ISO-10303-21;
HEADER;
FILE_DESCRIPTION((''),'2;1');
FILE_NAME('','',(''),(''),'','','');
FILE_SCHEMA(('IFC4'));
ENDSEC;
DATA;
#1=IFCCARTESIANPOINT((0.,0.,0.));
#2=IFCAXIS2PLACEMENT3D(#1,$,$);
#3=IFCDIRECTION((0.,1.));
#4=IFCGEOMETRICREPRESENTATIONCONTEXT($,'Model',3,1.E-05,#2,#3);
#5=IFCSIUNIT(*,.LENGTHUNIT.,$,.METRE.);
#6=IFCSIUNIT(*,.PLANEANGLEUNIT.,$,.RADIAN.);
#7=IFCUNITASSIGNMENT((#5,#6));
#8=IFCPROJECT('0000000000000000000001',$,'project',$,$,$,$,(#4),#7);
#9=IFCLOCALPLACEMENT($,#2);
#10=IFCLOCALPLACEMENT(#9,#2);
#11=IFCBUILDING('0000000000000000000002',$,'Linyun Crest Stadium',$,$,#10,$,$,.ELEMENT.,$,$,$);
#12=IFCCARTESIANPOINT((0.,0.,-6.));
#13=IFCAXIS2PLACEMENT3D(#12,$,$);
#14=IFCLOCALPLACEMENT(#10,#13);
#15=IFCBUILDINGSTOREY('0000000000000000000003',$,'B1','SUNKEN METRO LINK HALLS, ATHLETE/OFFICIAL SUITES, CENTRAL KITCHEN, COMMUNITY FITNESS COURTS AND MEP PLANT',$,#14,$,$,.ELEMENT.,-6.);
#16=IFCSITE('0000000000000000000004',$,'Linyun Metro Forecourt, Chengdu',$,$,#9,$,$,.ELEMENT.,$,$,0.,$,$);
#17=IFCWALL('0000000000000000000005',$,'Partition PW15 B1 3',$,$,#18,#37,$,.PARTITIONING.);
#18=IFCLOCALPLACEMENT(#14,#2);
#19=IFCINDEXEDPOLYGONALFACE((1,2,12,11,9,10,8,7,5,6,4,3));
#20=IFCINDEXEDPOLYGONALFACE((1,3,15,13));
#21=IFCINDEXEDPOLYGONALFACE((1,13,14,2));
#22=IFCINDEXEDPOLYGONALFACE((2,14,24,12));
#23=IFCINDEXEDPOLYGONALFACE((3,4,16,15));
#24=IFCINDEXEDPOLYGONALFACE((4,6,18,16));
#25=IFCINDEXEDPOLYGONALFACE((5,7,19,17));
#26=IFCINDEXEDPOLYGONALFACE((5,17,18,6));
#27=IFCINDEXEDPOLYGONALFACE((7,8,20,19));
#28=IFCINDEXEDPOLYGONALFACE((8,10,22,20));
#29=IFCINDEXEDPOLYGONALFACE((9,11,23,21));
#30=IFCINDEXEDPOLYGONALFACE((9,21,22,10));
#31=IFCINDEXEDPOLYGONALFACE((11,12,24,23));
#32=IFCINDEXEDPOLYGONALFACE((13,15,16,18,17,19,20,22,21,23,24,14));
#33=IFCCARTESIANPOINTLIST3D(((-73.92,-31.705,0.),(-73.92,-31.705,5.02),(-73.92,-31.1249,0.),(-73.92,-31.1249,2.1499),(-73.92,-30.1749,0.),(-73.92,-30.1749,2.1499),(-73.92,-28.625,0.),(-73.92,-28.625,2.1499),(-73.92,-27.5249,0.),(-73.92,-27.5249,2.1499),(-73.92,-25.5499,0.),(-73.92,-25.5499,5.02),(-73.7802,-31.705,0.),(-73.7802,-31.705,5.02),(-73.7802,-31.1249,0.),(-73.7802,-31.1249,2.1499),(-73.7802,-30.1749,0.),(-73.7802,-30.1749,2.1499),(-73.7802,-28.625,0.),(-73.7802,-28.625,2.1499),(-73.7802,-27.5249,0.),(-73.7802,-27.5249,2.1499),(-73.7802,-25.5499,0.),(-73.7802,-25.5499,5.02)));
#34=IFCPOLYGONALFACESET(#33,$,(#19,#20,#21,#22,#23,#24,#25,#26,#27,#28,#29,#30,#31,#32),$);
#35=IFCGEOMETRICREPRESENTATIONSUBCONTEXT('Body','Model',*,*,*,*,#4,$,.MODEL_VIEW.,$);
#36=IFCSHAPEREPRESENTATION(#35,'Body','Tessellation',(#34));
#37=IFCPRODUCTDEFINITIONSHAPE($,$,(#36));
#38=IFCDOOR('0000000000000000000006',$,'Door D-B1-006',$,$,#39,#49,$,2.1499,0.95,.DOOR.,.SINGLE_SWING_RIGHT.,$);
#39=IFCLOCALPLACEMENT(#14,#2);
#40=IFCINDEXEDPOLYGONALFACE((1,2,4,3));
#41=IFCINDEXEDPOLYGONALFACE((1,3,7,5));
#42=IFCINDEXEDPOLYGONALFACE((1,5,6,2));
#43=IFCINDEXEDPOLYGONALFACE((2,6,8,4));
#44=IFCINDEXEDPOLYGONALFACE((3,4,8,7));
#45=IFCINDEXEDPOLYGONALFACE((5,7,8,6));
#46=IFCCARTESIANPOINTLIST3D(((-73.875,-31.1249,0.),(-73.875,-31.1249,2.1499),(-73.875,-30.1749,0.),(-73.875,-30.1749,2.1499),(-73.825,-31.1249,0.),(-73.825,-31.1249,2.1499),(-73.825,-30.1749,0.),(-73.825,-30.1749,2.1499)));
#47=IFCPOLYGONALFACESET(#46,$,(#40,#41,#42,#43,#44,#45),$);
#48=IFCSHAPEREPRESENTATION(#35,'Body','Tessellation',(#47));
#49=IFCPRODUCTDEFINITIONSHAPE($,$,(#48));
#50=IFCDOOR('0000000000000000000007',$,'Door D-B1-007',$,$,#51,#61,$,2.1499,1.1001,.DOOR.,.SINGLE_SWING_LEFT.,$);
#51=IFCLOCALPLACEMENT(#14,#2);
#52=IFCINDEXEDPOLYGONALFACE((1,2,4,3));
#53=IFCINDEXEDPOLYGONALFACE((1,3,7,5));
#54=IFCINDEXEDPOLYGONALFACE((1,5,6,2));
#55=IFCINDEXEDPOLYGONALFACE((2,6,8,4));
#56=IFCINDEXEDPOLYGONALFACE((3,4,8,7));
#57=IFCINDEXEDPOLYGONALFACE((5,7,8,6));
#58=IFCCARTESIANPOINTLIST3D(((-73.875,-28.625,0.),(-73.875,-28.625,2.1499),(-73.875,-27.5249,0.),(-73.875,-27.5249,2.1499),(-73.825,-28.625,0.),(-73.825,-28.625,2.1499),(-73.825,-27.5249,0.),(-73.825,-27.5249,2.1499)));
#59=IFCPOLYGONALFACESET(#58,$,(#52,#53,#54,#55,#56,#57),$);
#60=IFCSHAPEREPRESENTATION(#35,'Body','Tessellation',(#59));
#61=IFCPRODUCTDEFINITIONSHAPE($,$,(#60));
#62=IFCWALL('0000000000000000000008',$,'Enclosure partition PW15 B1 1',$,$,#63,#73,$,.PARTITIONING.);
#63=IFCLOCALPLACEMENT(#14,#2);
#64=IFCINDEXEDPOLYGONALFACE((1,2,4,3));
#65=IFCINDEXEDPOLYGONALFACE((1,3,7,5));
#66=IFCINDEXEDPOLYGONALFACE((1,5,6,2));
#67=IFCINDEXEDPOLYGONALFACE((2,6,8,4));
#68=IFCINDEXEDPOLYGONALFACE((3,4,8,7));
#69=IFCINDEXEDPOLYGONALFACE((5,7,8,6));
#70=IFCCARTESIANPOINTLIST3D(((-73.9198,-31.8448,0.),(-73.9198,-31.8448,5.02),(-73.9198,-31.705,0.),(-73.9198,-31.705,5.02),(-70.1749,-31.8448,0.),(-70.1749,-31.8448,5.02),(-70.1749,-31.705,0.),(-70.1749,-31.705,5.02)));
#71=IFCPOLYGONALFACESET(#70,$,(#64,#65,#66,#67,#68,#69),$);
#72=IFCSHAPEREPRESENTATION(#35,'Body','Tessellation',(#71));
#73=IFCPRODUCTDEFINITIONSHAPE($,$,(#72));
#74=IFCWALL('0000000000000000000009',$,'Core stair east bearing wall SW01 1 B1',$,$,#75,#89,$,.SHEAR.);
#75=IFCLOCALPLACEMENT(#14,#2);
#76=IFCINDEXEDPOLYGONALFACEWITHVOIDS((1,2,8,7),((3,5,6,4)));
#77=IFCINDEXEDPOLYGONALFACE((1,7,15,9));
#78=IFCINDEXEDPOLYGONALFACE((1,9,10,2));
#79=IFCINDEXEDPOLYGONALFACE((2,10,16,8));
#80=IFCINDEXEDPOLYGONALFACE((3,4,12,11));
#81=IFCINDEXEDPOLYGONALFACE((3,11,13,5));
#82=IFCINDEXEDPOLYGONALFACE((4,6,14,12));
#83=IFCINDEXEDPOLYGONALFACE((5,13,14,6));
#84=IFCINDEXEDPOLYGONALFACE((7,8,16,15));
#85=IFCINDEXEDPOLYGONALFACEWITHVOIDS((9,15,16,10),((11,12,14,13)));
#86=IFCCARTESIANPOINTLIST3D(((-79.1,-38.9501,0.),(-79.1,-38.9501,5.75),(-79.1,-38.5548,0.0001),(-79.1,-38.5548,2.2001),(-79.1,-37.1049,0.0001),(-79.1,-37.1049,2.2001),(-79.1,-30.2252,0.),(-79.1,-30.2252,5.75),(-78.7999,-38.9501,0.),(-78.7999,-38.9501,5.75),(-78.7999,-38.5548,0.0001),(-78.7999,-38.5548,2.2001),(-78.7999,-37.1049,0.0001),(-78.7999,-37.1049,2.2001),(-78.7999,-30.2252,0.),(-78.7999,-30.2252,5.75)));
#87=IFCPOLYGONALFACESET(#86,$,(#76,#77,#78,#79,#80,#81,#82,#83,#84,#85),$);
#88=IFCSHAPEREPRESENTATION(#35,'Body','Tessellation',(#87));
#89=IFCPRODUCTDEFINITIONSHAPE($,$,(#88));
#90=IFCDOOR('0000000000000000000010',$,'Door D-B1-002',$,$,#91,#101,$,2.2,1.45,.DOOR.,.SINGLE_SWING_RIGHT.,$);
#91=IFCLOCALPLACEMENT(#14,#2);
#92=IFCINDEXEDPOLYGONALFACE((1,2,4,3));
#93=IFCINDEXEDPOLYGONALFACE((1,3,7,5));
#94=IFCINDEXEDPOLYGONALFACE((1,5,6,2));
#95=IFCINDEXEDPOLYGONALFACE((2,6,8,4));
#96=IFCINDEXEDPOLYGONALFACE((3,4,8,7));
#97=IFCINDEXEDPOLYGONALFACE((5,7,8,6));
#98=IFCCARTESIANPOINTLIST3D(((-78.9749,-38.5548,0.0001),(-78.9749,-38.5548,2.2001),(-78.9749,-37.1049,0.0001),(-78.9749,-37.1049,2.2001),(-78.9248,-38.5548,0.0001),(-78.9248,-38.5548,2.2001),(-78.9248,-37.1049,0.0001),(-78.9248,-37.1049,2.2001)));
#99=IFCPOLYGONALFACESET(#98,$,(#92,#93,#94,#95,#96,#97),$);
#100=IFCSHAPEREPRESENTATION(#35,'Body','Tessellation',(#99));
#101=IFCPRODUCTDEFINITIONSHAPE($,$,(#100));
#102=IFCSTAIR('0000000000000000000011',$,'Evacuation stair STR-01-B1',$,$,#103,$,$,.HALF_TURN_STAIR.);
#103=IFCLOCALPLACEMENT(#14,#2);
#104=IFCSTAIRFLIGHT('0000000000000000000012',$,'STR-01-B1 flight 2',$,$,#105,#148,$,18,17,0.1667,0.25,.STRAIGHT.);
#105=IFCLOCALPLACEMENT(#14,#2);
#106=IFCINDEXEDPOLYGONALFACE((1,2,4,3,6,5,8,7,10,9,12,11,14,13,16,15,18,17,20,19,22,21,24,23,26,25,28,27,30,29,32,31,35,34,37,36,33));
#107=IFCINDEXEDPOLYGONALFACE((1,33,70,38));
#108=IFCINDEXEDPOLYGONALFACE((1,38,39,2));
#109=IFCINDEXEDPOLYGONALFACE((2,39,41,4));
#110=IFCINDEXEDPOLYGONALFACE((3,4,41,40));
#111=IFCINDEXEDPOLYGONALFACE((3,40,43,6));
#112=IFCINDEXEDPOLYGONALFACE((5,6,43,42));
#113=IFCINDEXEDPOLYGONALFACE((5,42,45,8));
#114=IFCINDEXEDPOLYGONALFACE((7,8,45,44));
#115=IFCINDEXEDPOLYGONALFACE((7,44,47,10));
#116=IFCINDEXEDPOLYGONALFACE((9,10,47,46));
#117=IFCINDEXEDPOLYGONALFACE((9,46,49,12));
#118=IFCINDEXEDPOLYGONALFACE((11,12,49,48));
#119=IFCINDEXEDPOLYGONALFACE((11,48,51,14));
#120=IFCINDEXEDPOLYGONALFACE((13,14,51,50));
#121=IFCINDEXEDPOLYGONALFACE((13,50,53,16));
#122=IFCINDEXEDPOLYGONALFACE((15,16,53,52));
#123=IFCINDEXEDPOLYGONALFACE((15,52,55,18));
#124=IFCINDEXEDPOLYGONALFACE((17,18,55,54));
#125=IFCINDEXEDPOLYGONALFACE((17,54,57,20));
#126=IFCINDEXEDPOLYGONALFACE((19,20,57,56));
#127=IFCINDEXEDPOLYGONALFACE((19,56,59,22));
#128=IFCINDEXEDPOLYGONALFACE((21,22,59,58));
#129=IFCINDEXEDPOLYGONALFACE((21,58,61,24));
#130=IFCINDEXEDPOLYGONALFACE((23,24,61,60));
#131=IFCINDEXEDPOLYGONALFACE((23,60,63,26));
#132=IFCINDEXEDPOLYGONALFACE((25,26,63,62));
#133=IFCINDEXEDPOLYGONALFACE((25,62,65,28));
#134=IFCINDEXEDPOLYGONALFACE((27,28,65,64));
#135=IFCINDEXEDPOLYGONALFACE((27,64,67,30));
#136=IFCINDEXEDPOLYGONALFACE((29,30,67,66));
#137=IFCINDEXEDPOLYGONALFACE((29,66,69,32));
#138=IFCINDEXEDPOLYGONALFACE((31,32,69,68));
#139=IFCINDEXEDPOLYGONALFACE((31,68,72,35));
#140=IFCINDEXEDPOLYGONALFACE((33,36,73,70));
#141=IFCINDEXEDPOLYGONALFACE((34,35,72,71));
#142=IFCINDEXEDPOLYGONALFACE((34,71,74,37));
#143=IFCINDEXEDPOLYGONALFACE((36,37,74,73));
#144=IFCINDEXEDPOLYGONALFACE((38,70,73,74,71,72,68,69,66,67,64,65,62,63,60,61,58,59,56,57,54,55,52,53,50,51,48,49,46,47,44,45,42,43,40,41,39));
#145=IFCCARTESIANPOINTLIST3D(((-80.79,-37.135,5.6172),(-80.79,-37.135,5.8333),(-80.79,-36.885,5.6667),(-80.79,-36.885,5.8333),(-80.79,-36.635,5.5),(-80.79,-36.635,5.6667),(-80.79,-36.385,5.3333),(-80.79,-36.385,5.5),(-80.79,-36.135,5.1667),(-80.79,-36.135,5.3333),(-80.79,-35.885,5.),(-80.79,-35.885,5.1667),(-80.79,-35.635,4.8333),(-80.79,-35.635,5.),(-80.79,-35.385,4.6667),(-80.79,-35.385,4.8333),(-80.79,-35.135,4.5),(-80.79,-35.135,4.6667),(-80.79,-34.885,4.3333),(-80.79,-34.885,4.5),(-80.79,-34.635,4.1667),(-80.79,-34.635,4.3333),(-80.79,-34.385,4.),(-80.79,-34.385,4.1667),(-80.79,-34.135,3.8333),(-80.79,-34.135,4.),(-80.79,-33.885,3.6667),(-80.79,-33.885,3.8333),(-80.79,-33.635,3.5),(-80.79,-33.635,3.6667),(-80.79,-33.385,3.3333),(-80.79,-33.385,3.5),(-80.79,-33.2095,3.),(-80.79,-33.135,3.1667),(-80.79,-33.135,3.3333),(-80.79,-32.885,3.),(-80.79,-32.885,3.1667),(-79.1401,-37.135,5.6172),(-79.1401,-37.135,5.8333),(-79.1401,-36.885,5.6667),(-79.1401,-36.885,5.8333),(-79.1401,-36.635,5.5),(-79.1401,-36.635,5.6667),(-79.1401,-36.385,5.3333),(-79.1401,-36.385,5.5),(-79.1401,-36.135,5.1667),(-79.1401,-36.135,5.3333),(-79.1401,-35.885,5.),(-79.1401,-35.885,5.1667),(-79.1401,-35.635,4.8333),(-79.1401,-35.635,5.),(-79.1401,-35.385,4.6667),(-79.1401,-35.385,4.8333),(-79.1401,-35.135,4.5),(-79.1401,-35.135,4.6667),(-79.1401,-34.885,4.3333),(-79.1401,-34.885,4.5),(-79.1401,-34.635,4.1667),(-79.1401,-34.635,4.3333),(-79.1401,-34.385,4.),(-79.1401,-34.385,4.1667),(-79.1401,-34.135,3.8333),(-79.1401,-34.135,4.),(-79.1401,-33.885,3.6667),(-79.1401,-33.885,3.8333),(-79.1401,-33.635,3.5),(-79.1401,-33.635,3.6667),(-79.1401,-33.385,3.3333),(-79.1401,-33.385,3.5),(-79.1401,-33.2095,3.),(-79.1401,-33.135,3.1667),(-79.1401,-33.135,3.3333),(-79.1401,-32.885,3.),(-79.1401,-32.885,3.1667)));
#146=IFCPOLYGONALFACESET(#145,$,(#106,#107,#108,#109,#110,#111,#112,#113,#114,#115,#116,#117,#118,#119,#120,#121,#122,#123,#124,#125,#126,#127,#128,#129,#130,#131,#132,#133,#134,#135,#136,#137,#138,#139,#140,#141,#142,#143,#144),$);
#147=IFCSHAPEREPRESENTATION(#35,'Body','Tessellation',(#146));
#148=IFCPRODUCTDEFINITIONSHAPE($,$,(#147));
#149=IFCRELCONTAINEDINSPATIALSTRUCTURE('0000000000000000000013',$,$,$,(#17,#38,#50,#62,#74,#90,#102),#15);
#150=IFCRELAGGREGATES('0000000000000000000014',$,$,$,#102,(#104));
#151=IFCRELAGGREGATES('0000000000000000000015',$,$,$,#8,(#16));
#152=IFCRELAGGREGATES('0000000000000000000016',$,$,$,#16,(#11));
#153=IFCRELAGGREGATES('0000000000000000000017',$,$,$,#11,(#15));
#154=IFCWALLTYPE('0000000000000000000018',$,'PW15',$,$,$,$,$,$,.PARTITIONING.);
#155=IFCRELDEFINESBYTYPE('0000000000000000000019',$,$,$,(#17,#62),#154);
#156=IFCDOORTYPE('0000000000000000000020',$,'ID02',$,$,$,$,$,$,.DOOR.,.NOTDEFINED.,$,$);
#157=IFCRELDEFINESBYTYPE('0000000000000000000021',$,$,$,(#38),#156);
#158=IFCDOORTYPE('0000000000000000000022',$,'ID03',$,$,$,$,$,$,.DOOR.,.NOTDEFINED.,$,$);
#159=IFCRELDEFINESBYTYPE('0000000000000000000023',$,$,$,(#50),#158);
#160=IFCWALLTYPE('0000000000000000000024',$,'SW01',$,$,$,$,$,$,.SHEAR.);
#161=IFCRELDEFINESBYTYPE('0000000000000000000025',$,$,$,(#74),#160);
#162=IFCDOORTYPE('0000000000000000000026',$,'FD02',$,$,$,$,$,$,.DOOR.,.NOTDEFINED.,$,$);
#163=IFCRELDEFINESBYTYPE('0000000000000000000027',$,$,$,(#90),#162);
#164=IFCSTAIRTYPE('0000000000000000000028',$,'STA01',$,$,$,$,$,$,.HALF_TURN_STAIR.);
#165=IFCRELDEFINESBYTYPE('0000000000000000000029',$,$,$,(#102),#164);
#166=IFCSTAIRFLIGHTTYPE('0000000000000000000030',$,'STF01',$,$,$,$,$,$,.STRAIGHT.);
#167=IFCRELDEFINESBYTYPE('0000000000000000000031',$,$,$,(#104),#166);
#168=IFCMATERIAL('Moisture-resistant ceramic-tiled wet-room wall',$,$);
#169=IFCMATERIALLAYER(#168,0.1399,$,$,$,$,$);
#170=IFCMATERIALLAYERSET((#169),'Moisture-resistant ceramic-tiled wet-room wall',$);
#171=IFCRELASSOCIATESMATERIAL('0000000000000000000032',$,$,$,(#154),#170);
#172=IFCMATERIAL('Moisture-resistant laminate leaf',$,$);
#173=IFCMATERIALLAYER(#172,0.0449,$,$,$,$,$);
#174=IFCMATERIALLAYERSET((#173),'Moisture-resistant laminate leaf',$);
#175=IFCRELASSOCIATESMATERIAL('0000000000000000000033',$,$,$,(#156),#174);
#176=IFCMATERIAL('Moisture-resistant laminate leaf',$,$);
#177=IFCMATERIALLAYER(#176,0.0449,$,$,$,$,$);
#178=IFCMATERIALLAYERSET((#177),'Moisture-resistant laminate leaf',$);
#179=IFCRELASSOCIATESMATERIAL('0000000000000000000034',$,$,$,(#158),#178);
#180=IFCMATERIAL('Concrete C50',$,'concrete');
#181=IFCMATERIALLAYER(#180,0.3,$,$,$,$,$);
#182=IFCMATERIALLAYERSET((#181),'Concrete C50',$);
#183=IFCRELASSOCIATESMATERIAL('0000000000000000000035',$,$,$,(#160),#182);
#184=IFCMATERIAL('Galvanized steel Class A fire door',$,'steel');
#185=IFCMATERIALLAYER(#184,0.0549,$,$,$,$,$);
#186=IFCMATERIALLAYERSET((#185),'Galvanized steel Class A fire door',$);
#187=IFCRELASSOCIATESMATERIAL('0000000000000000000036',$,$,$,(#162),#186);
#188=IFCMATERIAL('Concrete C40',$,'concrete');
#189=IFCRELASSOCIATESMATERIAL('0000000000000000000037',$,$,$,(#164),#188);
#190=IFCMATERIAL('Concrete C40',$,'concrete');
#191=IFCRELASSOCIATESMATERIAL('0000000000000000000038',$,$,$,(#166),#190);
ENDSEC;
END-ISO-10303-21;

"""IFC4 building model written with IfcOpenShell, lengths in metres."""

from ifc_helpers import new_model, si_unit, direction, frame, frame_2d, origin, place, context, subcontext, project, spatial, polyline, rectangle, outline, extrude, material, layer, layer_set, type_object, element, fill, aggregate, save


model = new_model("IFC4")

# Units and contexts
model_context = context("Model", 3, precision=1e-05, world=origin(), true_north=direction((0.0, 1.0)))
body_context = subcontext(model_context, "Body", "Model", "MODEL_VIEW")
ifc_project = project(units=[si_unit("LENGTHUNIT", "METRE"), si_unit("PLANEANGLEUNIT", "RADIAN")], contexts=[model_context])

# Site, building, storey
site_placement = place(None, origin())
site = spatial("IfcSite", under=ifc_project, at=site_placement, Name="Linyun Metro Forecourt, Chengdu", CompositionType="ELEMENT", RefElevation=0.0)
building_placement = place(site_placement, origin())
building = spatial("IfcBuilding", under=site, at=building_placement, Name="Linyun Crest Stadium", CompositionType="ELEMENT")
storey_placement = place(building_placement, frame((0.0, 0.0, -6.0)))
storey = spatial("IfcBuildingStorey", under=building, at=storey_placement, Name="B1", Description="SUNKEN METRO LINK HALLS, ATHLETE/OFFICIAL SUITES, CENTRAL KITCHEN, COMMUNITY FITNESS COURTS AND MEP PLANT", CompositionType="ELEMENT", Elevation=-6.0)

# Wall, openings, doors
ifc_material_1 = material(Name="Moisture-resistant ceramic-tiled wet-room wall")
ifc_layer_1 = layer(ifc_material_1, 0.1399)
ifc_layer_set_1 = layer_set([ifc_layer_1], Name="Moisture-resistant ceramic-tiled wet-room wall")
wall_type_1 = type_object("IfcWallType", Name="PW15", PredefinedType="PARTITIONING", material=ifc_layer_set_1)
wall_1_placement = place(storey_placement, frame((-73.8501, -31.7051, 0.0), z_axis=(0.0, 0.0, 1.0), x_axis=(0.0, 1.0, 0.0)))
wall_1 = element("IfcWall", 1, at=wall_1_placement, inside=storey, type_object=wall_type_1, Name="Partition PW15 B1 3", PredefinedType="PARTITIONING", context=body_context, shape_type="SweptSolid", body=[
    extrude(rectangle(XDim=6.155, YDim=0.1399, at=frame_2d((3.0776, 0.0))), origin(), (0.0, 0.0, 1.0), 5.02),
])
opening_1_placement = place(wall_1_placement, frame((0.5801, 0.0, 0.0)))
opening_1 = element("IfcOpeningElement", 2, at=opening_1_placement, cuts=wall_1, PredefinedType="OPENING", context=body_context, shape_type="SweptSolid", body=[
    extrude(rectangle(XDim=0.95, YDim=2.1499, at=frame_2d((0.4751, 1.075))), frame((0.0, 0.0798, 0.0), z_axis=(0.0, -1.0, 0.0), x_axis=(1.0, 0.0, 0.0)), (0.0, 0.0, 1.0), 0.1599),
])
opening_2_placement = place(wall_1_placement, frame((3.0801, 0.0, 0.0)))
opening_2 = element("IfcOpeningElement", 3, at=opening_2_placement, cuts=wall_1, PredefinedType="OPENING", context=body_context, shape_type="SweptSolid", body=[
    extrude(rectangle(XDim=1.1001, YDim=2.1499, at=frame_2d((0.55, 1.075))), frame((0.0, 0.0798, 0.0), z_axis=(0.0, -1.0, 0.0), x_axis=(1.0, 0.0, 0.0)), (0.0, 0.0, 1.0), 0.1599),
])
ifc_material_2 = material(Name="Moisture-resistant laminate leaf")
ifc_layer_2 = layer(ifc_material_2, 0.0449)
ifc_layer_set_2 = layer_set([ifc_layer_2], Name="Moisture-resistant laminate leaf")
door_type_1 = type_object("IfcDoorType", Name="ID02", OperationType="NOTDEFINED", PredefinedType="DOOR", material=ifc_layer_set_2)
door_1_placement = place(opening_1_placement, origin())
door_1 = element("IfcDoor", 4, at=door_1_placement, inside=storey, type_object=door_type_1, Name="Door D-B1-006", OperationType="SINGLE_SWING_RIGHT", OverallHeight=2.1499, OverallWidth=0.95, PredefinedType="DOOR", context=body_context, shape_type="SweptSolid", body=[
    extrude(rectangle(XDim=0.95, YDim=2.1499, at=frame_2d((0.4751, 1.075))), frame((0.0, 0.0249, 0.0), z_axis=(0.0, -1.0, 0.0), x_axis=(1.0, 0.0, 0.0)), (0.0, 0.0, 1.0), 0.05),
])
fill(opening_1, door_1)
ifc_material_3 = material(Name="Moisture-resistant laminate leaf")
ifc_layer_3 = layer(ifc_material_3, 0.0449)
ifc_layer_set_3 = layer_set([ifc_layer_3], Name="Moisture-resistant laminate leaf")
door_type_2 = type_object("IfcDoorType", Name="ID03", OperationType="NOTDEFINED", PredefinedType="DOOR", material=ifc_layer_set_3)
door_2_placement = place(opening_2_placement, origin())
door_2 = element("IfcDoor", 5, at=door_2_placement, inside=storey, type_object=door_type_2, Name="Door D-B1-007", OperationType="SINGLE_SWING_LEFT", OverallHeight=2.1499, OverallWidth=1.1001, PredefinedType="DOOR", context=body_context, shape_type="SweptSolid", body=[
    extrude(rectangle(XDim=1.1001, YDim=2.1499, at=frame_2d((0.55, 1.075))), frame((0.0, 0.0249, 0.0), z_axis=(0.0, -1.0, 0.0), x_axis=(1.0, 0.0, 0.0)), (0.0, 0.0, 1.0), 0.05),
])
fill(opening_2, door_2)

# Wall
wall_2_placement = place(storey_placement, frame((-73.9199, -31.7749, 0.0), z_axis=(0.0, 0.0, 1.0), x_axis=(1.0, 0.0, 0.0)))
element("IfcWall", 6, at=wall_2_placement, inside=storey, type_object=wall_type_1, Name="Enclosure partition PW15 B1 1", PredefinedType="PARTITIONING", context=body_context, shape_type="SweptSolid", body=[
    extrude(rectangle(XDim=3.7449, YDim=0.1399, at=frame_2d((1.8726, 0.0))), origin(), (0.0, 0.0, 1.0), 5.02),
])

# Wall, opening, door
ifc_material_4 = material(Name="Concrete C50", Category="concrete")
ifc_layer_4 = layer(ifc_material_4, 0.3)
ifc_layer_set_4 = layer_set([ifc_layer_4], Name="Concrete C50")
wall_type_2 = type_object("IfcWallType", Name="SW01", PredefinedType="SHEAR", material=ifc_layer_set_4)
wall_3_placement = place(storey_placement, frame((-78.95, -38.95, 0.0), z_axis=(0.0, 0.0, 1.0), x_axis=(0.0, 1.0, 0.0)))
wall_3 = element("IfcWall", 7, at=wall_3_placement, inside=storey, type_object=wall_type_2, Name="Core stair east bearing wall SW01 1 B1", PredefinedType="SHEAR", context=body_context, shape_type="SweptSolid", body=[
    extrude(rectangle(XDim=8.7249, YDim=0.3, at=frame_2d((4.3623, 0.0))), origin(), (0.0, 0.0, 1.0), 5.75),
])
opening_3_placement = place(wall_3_placement, frame((0.395, 0.0, 0.0)))
opening_3 = element("IfcOpeningElement", 8, at=opening_3_placement, cuts=wall_3, PredefinedType="OPENING", context=body_context, shape_type="SweptSolid", body=[
    extrude(rectangle(XDim=1.45, YDim=2.2, at=frame_2d((0.7251, 1.1001))), frame((0.0, 0.1599, 0.0), z_axis=(0.0, -1.0, 0.0), x_axis=(1.0, 0.0, 0.0)), (0.0, 0.0, 1.0), 0.3201),
])
ifc_material_5 = material(Name="Galvanized steel Class A fire door", Category="steel")
ifc_layer_5 = layer(ifc_material_5, 0.0549)
ifc_layer_set_5 = layer_set([ifc_layer_5], Name="Galvanized steel Class A fire door")
door_type_3 = type_object("IfcDoorType", Name="FD02", OperationType="NOTDEFINED", PredefinedType="DOOR", material=ifc_layer_set_5)
door_3_placement = place(opening_3_placement, origin())
door_3 = element("IfcDoor", 9, at=door_3_placement, inside=storey, type_object=door_type_3, Name="Door D-B1-002", OperationType="SINGLE_SWING_RIGHT", OverallHeight=2.2, OverallWidth=1.45, PredefinedType="DOOR", context=body_context, shape_type="SweptSolid", body=[
    extrude(rectangle(XDim=1.45, YDim=2.2, at=frame_2d((0.7251, 1.1001))), frame((0.0, 0.0249, 0.0), z_axis=(0.0, -1.0, 0.0), x_axis=(1.0, 0.0, 0.0)), (0.0, 0.0, 1.0), 0.05),
])
fill(opening_3, door_3)

# Stair, stair flight
ifc_material_6 = material(Name="Concrete C40", Category="concrete")
stair_type = type_object("IfcStairType", Name="STA01", PredefinedType="HALF_TURN_STAIR", material=ifc_material_6)
stair_placement = place(storey_placement, origin())
stair = element("IfcStair", 10, at=stair_placement, inside=storey, type_object=stair_type, Name="Evacuation stair STR-01-B1", PredefinedType="HALF_TURN_STAIR")
ifc_material_7 = material(Name="Concrete C40", Category="concrete")
stair_flight_type = type_object("IfcStairFlightType", Name="STF01", PredefinedType="STRAIGHT", material=ifc_material_7)
stair_flight_placement = place(storey_placement, frame((-79.9651, -32.885, 3.0), z_axis=(0.0, 0.0, 1.0), x_axis=(0.0, -1.0, 0.0)))
stair_flight = element("IfcStairFlight", 11, at=stair_flight_placement, type_object=stair_flight_type, Name="STR-01-B1 flight 2", NumberOfRisers=18, NumberOfTreads=17, PredefinedType="STRAIGHT", RiserHeight=0.1667, TreadLength=0.25, context=body_context, shape_type="SweptSolid", body=[
    extrude(outline(polyline([(0.0, 0.0), (0.0, 0.1667), (0.25, 0.1667), (0.25, 0.3333), (0.5, 0.3333), (0.5, 0.5), (0.75, 0.5), (0.75, 0.6667), (1.0, 0.6667), (1.0, 0.8333), (1.25, 0.8333), (1.25, 1.0), (1.5, 1.0), (1.5, 1.1667), (1.75, 1.1667), (1.75, 1.3333), (2.0, 1.3333), (2.0, 1.5), (2.25, 1.5), (2.25, 1.6667), (2.5, 1.6667), (2.5, 1.8333), (2.75, 1.8333), (2.75, 2.0), (3.0, 2.0), (3.0, 2.1667), (3.25, 2.1667), (3.25, 2.3333), (3.5, 2.3333), (3.5, 2.5), (3.75, 2.5), (3.75, 2.6667), (4.0, 2.6667), (4.0, 2.8333), (4.25, 2.8333), (4.25, 3.0), (4.25, 2.6172), (0.3245, 0.0), (0.0, 0.0)])), frame((0.0, 0.825, 0.0), z_axis=(0.0, -1.0, 0.0), x_axis=(1.0, 0.0, 0.0)), (0.0, 0.0, 1.0), 1.6499),
])
aggregate(stair, [stair_flight])

save(model, "model.ifc")
